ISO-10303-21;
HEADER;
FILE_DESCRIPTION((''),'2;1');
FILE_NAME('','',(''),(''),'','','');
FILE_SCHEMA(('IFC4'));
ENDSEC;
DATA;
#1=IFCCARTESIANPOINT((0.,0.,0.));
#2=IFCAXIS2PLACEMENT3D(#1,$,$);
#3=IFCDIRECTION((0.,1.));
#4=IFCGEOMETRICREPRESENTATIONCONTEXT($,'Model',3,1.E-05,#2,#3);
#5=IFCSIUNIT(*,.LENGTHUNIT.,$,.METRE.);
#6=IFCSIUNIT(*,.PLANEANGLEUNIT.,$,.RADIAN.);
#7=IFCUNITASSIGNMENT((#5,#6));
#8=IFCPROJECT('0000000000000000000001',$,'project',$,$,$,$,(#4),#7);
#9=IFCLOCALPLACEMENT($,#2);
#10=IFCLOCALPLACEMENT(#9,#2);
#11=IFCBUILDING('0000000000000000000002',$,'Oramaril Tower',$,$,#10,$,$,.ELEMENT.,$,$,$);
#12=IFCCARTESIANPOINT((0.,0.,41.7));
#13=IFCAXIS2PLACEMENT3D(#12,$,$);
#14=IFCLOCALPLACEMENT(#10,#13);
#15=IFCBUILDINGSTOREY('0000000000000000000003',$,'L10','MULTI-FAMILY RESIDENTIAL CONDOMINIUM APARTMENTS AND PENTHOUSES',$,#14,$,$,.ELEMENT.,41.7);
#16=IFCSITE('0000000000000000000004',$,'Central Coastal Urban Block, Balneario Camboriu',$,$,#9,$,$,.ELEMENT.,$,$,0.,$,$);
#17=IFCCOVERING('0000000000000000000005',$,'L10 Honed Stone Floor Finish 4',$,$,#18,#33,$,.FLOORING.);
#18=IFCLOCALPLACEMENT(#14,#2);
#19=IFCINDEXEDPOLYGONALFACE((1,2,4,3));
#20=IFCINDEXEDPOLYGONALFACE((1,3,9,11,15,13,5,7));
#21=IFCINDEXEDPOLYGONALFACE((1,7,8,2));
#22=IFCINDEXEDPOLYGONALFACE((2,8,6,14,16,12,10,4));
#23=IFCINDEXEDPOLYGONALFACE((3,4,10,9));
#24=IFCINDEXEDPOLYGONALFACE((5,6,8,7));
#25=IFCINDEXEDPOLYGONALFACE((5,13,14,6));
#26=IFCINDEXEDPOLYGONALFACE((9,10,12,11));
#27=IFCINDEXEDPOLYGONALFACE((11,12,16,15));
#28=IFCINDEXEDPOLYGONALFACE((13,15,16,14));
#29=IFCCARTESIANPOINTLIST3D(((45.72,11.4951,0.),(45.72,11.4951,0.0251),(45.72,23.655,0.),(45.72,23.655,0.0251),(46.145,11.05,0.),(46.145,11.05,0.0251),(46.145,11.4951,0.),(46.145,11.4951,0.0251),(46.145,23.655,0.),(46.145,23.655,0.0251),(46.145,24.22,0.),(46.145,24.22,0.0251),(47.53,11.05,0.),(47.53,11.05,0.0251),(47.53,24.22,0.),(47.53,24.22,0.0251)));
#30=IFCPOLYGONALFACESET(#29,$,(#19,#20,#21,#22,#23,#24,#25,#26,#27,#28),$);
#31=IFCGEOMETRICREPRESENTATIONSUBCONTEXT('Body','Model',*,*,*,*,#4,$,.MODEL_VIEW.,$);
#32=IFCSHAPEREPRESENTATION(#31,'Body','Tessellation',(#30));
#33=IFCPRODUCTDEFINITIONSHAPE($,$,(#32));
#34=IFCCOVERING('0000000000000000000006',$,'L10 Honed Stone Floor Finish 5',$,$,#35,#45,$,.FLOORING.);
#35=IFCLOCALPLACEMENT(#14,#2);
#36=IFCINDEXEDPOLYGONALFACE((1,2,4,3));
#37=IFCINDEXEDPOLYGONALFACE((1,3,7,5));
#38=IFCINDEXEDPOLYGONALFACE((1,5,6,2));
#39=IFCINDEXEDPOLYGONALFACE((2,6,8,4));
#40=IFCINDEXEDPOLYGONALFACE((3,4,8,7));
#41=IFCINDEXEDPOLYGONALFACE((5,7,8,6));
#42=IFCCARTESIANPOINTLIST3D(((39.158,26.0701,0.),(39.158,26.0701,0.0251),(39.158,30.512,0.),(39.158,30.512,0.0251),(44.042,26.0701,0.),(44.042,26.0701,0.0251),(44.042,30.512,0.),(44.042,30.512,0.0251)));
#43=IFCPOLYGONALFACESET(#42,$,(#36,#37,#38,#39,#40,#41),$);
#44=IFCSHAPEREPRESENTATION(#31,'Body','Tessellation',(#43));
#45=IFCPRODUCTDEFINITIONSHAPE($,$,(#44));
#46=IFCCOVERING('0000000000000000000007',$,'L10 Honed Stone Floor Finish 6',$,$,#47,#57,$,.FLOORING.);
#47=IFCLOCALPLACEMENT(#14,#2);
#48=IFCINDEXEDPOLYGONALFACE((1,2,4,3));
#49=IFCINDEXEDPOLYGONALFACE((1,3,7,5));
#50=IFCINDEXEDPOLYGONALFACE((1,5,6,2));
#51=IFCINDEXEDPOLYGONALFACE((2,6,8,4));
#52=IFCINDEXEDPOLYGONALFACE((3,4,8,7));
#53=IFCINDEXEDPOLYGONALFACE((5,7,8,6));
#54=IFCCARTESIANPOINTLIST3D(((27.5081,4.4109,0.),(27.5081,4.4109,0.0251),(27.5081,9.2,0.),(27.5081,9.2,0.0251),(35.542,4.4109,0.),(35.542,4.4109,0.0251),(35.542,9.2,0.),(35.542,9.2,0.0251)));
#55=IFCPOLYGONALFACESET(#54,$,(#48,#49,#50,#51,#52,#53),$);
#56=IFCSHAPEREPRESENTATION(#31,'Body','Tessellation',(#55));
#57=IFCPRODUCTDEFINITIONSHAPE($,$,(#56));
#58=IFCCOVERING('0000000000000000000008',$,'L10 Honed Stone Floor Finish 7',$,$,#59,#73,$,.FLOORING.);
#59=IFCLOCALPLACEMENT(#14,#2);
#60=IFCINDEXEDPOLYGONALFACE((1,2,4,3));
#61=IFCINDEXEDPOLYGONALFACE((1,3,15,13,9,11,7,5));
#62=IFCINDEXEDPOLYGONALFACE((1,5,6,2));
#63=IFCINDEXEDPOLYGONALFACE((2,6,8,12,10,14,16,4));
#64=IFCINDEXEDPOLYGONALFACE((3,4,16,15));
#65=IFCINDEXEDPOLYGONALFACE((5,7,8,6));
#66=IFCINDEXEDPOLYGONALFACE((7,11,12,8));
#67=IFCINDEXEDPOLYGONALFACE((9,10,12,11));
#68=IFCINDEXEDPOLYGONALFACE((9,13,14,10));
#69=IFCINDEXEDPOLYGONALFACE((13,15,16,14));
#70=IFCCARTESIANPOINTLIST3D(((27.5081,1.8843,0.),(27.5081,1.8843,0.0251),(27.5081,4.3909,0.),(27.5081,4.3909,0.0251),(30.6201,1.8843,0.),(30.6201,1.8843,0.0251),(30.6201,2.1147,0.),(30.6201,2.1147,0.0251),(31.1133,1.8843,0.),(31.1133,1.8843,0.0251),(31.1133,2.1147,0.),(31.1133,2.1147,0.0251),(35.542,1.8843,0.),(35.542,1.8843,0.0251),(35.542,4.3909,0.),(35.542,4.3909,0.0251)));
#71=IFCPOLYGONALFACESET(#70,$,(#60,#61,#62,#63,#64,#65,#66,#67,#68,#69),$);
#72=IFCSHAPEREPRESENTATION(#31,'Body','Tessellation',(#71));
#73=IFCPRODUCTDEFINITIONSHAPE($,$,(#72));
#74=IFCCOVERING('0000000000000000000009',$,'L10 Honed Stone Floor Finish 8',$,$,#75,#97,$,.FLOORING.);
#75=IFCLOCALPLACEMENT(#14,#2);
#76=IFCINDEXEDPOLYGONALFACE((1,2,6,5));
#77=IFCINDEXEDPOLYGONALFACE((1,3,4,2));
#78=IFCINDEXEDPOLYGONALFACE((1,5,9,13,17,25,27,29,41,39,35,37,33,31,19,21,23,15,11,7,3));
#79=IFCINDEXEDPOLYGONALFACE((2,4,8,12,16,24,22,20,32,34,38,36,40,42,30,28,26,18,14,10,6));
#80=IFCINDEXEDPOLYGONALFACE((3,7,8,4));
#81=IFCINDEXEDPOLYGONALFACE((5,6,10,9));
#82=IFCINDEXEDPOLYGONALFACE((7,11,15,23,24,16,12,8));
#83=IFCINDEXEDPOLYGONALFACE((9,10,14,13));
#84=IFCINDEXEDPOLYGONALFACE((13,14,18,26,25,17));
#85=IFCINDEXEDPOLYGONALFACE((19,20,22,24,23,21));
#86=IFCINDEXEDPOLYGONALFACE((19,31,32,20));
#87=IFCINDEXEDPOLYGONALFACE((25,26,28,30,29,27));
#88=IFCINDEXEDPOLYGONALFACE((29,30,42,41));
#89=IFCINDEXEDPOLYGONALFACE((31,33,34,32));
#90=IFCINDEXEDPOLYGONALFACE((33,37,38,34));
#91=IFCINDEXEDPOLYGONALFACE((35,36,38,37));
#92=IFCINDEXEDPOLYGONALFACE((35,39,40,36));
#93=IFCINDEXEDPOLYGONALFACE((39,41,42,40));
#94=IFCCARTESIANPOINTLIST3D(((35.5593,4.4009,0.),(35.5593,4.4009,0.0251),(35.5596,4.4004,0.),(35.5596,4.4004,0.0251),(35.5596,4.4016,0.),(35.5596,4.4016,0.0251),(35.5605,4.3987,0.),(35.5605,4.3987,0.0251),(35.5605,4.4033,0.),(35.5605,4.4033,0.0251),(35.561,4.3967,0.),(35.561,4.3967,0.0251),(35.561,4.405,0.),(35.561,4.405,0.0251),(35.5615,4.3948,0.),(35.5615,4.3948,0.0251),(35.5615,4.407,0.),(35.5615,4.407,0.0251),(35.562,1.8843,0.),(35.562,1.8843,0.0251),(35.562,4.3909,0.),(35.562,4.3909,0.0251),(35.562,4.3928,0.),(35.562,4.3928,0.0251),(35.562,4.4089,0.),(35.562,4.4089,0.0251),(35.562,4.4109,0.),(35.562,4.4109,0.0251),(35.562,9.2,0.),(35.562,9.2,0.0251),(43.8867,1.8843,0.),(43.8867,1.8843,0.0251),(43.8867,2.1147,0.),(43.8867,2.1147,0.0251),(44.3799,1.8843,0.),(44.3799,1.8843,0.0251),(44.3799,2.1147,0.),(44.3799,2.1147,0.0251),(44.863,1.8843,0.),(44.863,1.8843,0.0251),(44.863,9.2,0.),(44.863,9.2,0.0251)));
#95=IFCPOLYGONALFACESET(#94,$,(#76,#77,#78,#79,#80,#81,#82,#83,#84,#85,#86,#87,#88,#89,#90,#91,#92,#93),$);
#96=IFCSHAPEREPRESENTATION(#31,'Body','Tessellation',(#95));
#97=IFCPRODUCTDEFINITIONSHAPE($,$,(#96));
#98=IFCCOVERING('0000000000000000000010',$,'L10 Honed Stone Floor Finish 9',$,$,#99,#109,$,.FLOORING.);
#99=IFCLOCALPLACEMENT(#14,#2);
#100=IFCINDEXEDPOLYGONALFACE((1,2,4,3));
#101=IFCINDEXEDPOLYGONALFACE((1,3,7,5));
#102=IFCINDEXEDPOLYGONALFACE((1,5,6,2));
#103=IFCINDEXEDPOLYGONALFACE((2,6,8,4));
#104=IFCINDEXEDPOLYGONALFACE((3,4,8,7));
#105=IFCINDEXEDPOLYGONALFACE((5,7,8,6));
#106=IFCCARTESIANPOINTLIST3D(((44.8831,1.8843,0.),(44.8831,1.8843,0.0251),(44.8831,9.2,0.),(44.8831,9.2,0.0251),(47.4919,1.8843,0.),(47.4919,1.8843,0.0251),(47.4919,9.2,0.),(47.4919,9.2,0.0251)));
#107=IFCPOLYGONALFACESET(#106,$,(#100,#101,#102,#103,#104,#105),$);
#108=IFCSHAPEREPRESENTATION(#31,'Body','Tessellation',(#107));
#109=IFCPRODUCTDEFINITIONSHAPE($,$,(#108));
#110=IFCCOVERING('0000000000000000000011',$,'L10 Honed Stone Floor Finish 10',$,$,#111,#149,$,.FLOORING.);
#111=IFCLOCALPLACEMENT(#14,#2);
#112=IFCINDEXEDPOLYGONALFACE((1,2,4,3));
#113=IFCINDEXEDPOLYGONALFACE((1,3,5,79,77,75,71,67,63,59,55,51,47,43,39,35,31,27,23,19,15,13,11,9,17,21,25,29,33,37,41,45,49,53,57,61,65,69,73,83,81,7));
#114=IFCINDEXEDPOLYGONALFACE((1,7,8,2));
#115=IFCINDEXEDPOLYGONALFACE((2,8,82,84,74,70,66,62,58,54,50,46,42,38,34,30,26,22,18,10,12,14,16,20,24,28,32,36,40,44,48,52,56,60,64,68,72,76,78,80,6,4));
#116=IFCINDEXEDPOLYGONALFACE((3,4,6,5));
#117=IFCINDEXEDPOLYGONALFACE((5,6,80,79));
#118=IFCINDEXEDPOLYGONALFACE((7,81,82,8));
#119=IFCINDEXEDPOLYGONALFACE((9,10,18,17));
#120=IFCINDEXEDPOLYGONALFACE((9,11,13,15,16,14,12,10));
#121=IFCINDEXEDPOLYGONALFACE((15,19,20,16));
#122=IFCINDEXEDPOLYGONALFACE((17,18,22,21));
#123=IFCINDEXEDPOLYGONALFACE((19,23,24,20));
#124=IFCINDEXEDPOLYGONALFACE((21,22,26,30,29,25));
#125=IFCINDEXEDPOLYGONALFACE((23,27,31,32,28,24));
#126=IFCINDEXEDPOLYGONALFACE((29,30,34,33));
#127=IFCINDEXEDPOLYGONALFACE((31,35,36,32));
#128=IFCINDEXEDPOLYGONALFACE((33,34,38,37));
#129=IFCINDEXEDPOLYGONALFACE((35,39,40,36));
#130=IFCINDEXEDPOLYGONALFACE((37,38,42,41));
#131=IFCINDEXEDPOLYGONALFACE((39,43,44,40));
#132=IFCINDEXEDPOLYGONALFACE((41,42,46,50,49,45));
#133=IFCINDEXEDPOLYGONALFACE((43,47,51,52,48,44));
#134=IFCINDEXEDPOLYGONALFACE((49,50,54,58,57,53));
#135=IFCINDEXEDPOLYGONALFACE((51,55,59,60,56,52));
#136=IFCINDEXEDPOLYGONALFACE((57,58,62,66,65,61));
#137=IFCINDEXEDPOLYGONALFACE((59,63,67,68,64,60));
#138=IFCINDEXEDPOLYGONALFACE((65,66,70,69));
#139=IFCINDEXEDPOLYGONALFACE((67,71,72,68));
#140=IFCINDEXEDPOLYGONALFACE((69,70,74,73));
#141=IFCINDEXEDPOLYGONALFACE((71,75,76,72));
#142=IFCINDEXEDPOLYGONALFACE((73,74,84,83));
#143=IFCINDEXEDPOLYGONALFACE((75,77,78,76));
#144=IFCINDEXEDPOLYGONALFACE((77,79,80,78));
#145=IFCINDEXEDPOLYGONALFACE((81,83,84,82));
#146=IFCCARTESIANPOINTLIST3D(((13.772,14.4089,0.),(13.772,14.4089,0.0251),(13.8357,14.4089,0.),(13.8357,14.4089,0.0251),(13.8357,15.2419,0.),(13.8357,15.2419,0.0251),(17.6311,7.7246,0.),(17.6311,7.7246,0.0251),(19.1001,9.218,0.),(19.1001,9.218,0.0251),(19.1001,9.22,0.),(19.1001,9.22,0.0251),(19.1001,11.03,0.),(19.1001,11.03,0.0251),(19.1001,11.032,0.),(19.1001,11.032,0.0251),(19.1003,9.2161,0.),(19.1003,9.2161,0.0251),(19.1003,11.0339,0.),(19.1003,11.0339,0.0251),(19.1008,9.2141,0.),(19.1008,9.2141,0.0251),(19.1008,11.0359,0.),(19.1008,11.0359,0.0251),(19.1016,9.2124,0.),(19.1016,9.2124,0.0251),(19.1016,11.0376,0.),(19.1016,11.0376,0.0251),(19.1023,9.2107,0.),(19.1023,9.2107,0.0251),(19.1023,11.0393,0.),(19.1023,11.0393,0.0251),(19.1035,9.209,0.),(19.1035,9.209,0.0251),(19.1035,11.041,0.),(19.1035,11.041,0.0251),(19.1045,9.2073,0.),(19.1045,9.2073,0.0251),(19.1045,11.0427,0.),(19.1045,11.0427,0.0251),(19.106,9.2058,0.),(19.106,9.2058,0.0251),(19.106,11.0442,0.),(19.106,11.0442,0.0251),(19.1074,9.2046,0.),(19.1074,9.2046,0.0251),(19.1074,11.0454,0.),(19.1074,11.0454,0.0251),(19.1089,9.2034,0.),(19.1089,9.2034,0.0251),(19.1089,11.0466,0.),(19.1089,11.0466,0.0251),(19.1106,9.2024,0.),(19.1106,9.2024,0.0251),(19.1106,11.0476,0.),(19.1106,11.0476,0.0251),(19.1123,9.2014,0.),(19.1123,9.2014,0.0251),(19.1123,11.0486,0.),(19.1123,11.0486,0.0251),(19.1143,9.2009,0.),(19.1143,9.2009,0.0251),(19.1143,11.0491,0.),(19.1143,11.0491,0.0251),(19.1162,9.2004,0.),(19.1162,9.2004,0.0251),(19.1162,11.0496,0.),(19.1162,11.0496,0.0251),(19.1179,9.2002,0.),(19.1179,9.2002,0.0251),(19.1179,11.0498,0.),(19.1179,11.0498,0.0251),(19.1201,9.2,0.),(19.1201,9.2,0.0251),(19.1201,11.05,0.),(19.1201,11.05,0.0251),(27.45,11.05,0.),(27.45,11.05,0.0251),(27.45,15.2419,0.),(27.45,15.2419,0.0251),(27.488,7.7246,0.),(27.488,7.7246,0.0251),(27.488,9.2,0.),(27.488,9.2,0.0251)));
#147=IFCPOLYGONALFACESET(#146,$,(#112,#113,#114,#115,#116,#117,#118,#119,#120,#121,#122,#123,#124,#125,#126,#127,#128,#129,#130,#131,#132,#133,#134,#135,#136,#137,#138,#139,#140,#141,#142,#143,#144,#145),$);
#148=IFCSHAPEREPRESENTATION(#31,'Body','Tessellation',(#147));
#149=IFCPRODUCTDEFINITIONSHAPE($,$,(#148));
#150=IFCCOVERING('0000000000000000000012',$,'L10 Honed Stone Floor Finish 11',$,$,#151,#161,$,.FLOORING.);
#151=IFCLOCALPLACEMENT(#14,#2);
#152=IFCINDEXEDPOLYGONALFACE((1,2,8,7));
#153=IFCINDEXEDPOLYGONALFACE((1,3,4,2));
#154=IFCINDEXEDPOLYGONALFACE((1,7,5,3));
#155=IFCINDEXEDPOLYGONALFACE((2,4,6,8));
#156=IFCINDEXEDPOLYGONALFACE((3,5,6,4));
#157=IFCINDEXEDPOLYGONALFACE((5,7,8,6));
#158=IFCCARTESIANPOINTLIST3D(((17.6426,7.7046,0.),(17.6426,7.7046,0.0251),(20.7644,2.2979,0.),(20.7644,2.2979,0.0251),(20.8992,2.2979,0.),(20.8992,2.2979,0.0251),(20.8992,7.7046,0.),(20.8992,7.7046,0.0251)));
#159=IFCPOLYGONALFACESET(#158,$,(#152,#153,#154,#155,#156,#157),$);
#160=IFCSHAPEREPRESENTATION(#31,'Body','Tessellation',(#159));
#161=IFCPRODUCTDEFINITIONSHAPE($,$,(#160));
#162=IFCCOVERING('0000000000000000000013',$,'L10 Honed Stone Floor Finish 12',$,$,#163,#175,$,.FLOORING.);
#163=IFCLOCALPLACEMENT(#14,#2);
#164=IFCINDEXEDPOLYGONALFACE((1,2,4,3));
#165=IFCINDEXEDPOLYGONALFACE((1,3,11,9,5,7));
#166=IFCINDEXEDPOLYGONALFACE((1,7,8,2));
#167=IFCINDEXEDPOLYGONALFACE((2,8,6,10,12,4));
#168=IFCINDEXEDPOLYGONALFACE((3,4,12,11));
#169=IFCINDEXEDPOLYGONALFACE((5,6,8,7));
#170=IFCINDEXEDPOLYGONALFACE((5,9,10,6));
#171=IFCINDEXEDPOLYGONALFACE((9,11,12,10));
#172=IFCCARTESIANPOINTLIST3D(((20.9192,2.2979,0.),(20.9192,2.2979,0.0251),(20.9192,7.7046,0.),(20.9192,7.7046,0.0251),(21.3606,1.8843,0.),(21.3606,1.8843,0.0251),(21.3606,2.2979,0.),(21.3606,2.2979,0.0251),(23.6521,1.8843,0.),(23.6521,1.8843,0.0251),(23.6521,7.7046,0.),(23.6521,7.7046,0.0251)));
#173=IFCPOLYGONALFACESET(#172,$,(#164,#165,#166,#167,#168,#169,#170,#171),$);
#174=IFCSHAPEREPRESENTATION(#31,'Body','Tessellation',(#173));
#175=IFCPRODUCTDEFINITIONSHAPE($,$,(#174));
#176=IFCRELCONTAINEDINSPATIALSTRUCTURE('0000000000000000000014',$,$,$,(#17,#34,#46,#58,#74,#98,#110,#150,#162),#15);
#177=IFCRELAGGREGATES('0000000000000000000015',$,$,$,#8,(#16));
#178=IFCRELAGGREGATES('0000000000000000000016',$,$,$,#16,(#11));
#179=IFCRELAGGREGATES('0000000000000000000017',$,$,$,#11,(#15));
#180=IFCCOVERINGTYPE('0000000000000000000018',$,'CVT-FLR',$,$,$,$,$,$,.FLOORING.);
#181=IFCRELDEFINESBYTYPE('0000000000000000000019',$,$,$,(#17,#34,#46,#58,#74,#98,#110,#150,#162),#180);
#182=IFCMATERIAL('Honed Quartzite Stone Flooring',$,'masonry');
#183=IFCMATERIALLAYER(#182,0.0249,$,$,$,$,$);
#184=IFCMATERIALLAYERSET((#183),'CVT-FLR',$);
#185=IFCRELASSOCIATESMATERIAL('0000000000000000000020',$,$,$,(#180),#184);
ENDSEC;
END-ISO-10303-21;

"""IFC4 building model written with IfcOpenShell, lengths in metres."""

from ifc_helpers import new_model, si_unit, direction, frame, origin, place, context, subcontext, project, spatial, polyline, outline, extrude, material, layer, layer_set, type_object, element, save


model = new_model("IFC4")

# Units and contexts
model_context = context("Model", 3, precision=1e-05, world=origin(), true_north=direction((0.0, 1.0)))
body_context = subcontext(model_context, "Body", "Model", "MODEL_VIEW")
ifc_project = project(units=[si_unit("LENGTHUNIT", "METRE"), si_unit("PLANEANGLEUNIT", "RADIAN")], contexts=[model_context])

# Site, building, storey
site_placement = place(None, origin())
site = spatial("IfcSite", under=ifc_project, at=site_placement, Name="Central Coastal Urban Block, Balneario Camboriu", CompositionType="ELEMENT", RefElevation=0.0)
building_placement = place(site_placement, origin())
building = spatial("IfcBuilding", under=site, at=building_placement, Name="Oramaril Tower", CompositionType="ELEMENT")
storey_placement = place(building_placement, frame((0.0, 0.0, 41.7)))
storey = spatial("IfcBuildingStorey", under=building, at=storey_placement, Name="L10", Description="MULTI-FAMILY RESIDENTIAL CONDOMINIUM APARTMENTS AND PENTHOUSES", CompositionType="ELEMENT", Elevation=41.7)

# Coverings
ifc_material_1 = material(Name="Honed Quartzite Stone Flooring", Category="masonry")
ifc_layer_1 = layer(ifc_material_1, 0.0249)
ifc_layer_set_1 = layer_set([ifc_layer_1], Name="CVT-FLR")
covering_type_1 = type_object("IfcCoveringType", Name="CVT-FLR", PredefinedType="FLOORING", material=ifc_layer_set_1)
covering_1_placement = place(storey_placement, origin())
element("IfcCovering", 1, at=covering_1_placement, inside=storey, type_object=covering_type_1, Name="L10 Honed Stone Floor Finish 4", PredefinedType="FLOORING", context=body_context, shape_type="SweptSolid", body=[
    extrude(outline(polyline([(47.53, 11.05), (46.145, 11.05), (46.145, 11.4951), (45.72, 11.4951), (45.72, 23.655), (46.145, 23.655), (46.145, 24.22), (47.53, 24.22), (47.53, 11.05)])), origin(), (0.0, 0.0, 1.0), 0.0251),
])
covering_2_placement = place(storey_placement, origin())
element("IfcCovering", 2, at=covering_2_placement, inside=storey, type_object=covering_type_1, Name="L10 Honed Stone Floor Finish 5", PredefinedType="FLOORING", context=body_context, shape_type="SweptSolid", body=[
    extrude(outline(polyline([(44.042, 30.512), (44.042, 26.0701), (39.158, 26.0701), (39.158, 30.512), (44.042, 30.512)])), origin(), (0.0, 0.0, 1.0), 0.0251),
])
covering_3_placement = place(storey_placement, origin())
element("IfcCovering", 3, at=covering_3_placement, inside=storey, type_object=covering_type_1, Name="L10 Honed Stone Floor Finish 6", PredefinedType="FLOORING", context=body_context, shape_type="SweptSolid", body=[
    extrude(outline(polyline([(27.5081, 9.2), (35.542, 9.2), (35.542, 4.4109), (27.5081, 4.4109), (27.5081, 9.2)])), origin(), (0.0, 0.0, 1.0), 0.0251),
])
covering_4_placement = place(storey_placement, origin())
element("IfcCovering", 4, at=covering_4_placement, inside=storey, type_object=covering_type_1, Name="L10 Honed Stone Floor Finish 7", PredefinedType="FLOORING", context=body_context, shape_type="SweptSolid", body=[
    extrude(outline(polyline([(31.1133, 2.1147), (30.6201, 2.1147), (30.6201, 1.8843), (27.5081, 1.8843), (27.5081, 4.3909), (35.542, 4.3909), (35.542, 1.8843), (31.1133, 1.8843), (31.1133, 2.1147)])), origin(), (0.0, 0.0, 1.0), 0.0251),
])
covering_5_placement = place(storey_placement, origin())
element("IfcCovering", 5, at=covering_5_placement, inside=storey, type_object=covering_type_1, Name="L10 Honed Stone Floor Finish 8", PredefinedType="FLOORING", context=body_context, shape_type="SweptSolid", body=[
    extrude(outline(polyline([(44.3799, 1.8843), (44.3799, 2.1147), (43.8867, 2.1147), (43.8867, 1.8843), (35.562, 1.8843), (35.562, 4.3909), (35.562, 4.3928), (35.5615, 4.3948), (35.561, 4.3967), (35.5605, 4.3987), (35.5596, 4.4004), (35.5593, 4.4009), (35.5596, 4.4016), (35.5605, 4.4033), (35.561, 4.405), (35.5615, 4.407), (35.562, 4.4089), (35.562, 4.4109), (35.562, 9.2), (44.863, 9.2), (44.863, 1.8843), (44.3799, 1.8843)])), origin(), (0.0, 0.0, 1.0), 0.0251),
])
covering_6_placement = place(storey_placement, origin())
element("IfcCovering", 6, at=covering_6_placement, inside=storey, type_object=covering_type_1, Name="L10 Honed Stone Floor Finish 9", PredefinedType="FLOORING", context=body_context, shape_type="SweptSolid", body=[
    extrude(outline(polyline([(47.4919, 1.8843), (44.8831, 1.8843), (44.8831, 9.2), (47.4919, 9.2), (47.4919, 1.8843)])), origin(), (0.0, 0.0, 1.0), 0.0251),
])
covering_7_placement = place(storey_placement, origin())
element("IfcCovering", 7, at=covering_7_placement, inside=storey, type_object=covering_type_1, Name="L10 Honed Stone Floor Finish 10", PredefinedType="FLOORING", context=body_context, shape_type="SweptSolid", body=[
    extrude(outline(polyline([(17.6311, 7.7246), (13.772, 14.4089), (13.8357, 14.4089), (13.8357, 15.2419), (27.45, 15.2419), (27.45, 11.05), (19.1201, 11.05), (19.1179, 11.0498), (19.1162, 11.0496), (19.1143, 11.0491), (19.1123, 11.0486), (19.1106, 11.0476), (19.1089, 11.0466), (19.1074, 11.0454), (19.106, 11.0442), (19.1045, 11.0427), (19.1035, 11.041), (19.1023, 11.0393), (19.1016, 11.0376), (19.1008, 11.0359), (19.1003, 11.0339), (19.1001, 11.032), (19.1001, 11.03), (19.1001, 9.22), (19.1001, 9.218), (19.1003, 9.2161), (19.1008, 9.2141), (19.1016, 9.2124), (19.1023, 9.2107), (19.1035, 9.209), (19.1045, 9.2073), (19.106, 9.2058), (19.1074, 9.2046), (19.1089, 9.2034), (19.1106, 9.2024), (19.1123, 9.2014), (19.1143, 9.2009), (19.1162, 9.2004), (19.1179, 9.2002), (19.1201, 9.2), (27.488, 9.2), (27.488, 7.7246), (17.6311, 7.7246)])), origin(), (0.0, 0.0, 1.0), 0.0251),
])
covering_8_placement = place(storey_placement, origin())
element("IfcCovering", 8, at=covering_8_placement, inside=storey, type_object=covering_type_1, Name="L10 Honed Stone Floor Finish 11", PredefinedType="FLOORING", context=body_context, shape_type="SweptSolid", body=[
    extrude(outline(polyline([(20.7644, 2.2979), (17.6426, 7.7046), (20.8992, 7.7046), (20.8992, 2.2979), (20.7644, 2.2979)])), origin(), (0.0, 0.0, 1.0), 0.0251),
])
covering_9_placement = place(storey_placement, origin())
element("IfcCovering", 9, at=covering_9_placement, inside=storey, type_object=covering_type_1, Name="L10 Honed Stone Floor Finish 12", PredefinedType="FLOORING", context=body_context, shape_type="SweptSolid", body=[
    extrude(outline(polyline([(21.3606, 1.8843), (21.3606, 2.2979), (20.9192, 2.2979), (20.9192, 7.7046), (23.6521, 7.7046), (23.6521, 1.8843), (21.3606, 1.8843)])), origin(), (0.0, 0.0, 1.0), 0.0251),
])

save(model, "model.ifc")
